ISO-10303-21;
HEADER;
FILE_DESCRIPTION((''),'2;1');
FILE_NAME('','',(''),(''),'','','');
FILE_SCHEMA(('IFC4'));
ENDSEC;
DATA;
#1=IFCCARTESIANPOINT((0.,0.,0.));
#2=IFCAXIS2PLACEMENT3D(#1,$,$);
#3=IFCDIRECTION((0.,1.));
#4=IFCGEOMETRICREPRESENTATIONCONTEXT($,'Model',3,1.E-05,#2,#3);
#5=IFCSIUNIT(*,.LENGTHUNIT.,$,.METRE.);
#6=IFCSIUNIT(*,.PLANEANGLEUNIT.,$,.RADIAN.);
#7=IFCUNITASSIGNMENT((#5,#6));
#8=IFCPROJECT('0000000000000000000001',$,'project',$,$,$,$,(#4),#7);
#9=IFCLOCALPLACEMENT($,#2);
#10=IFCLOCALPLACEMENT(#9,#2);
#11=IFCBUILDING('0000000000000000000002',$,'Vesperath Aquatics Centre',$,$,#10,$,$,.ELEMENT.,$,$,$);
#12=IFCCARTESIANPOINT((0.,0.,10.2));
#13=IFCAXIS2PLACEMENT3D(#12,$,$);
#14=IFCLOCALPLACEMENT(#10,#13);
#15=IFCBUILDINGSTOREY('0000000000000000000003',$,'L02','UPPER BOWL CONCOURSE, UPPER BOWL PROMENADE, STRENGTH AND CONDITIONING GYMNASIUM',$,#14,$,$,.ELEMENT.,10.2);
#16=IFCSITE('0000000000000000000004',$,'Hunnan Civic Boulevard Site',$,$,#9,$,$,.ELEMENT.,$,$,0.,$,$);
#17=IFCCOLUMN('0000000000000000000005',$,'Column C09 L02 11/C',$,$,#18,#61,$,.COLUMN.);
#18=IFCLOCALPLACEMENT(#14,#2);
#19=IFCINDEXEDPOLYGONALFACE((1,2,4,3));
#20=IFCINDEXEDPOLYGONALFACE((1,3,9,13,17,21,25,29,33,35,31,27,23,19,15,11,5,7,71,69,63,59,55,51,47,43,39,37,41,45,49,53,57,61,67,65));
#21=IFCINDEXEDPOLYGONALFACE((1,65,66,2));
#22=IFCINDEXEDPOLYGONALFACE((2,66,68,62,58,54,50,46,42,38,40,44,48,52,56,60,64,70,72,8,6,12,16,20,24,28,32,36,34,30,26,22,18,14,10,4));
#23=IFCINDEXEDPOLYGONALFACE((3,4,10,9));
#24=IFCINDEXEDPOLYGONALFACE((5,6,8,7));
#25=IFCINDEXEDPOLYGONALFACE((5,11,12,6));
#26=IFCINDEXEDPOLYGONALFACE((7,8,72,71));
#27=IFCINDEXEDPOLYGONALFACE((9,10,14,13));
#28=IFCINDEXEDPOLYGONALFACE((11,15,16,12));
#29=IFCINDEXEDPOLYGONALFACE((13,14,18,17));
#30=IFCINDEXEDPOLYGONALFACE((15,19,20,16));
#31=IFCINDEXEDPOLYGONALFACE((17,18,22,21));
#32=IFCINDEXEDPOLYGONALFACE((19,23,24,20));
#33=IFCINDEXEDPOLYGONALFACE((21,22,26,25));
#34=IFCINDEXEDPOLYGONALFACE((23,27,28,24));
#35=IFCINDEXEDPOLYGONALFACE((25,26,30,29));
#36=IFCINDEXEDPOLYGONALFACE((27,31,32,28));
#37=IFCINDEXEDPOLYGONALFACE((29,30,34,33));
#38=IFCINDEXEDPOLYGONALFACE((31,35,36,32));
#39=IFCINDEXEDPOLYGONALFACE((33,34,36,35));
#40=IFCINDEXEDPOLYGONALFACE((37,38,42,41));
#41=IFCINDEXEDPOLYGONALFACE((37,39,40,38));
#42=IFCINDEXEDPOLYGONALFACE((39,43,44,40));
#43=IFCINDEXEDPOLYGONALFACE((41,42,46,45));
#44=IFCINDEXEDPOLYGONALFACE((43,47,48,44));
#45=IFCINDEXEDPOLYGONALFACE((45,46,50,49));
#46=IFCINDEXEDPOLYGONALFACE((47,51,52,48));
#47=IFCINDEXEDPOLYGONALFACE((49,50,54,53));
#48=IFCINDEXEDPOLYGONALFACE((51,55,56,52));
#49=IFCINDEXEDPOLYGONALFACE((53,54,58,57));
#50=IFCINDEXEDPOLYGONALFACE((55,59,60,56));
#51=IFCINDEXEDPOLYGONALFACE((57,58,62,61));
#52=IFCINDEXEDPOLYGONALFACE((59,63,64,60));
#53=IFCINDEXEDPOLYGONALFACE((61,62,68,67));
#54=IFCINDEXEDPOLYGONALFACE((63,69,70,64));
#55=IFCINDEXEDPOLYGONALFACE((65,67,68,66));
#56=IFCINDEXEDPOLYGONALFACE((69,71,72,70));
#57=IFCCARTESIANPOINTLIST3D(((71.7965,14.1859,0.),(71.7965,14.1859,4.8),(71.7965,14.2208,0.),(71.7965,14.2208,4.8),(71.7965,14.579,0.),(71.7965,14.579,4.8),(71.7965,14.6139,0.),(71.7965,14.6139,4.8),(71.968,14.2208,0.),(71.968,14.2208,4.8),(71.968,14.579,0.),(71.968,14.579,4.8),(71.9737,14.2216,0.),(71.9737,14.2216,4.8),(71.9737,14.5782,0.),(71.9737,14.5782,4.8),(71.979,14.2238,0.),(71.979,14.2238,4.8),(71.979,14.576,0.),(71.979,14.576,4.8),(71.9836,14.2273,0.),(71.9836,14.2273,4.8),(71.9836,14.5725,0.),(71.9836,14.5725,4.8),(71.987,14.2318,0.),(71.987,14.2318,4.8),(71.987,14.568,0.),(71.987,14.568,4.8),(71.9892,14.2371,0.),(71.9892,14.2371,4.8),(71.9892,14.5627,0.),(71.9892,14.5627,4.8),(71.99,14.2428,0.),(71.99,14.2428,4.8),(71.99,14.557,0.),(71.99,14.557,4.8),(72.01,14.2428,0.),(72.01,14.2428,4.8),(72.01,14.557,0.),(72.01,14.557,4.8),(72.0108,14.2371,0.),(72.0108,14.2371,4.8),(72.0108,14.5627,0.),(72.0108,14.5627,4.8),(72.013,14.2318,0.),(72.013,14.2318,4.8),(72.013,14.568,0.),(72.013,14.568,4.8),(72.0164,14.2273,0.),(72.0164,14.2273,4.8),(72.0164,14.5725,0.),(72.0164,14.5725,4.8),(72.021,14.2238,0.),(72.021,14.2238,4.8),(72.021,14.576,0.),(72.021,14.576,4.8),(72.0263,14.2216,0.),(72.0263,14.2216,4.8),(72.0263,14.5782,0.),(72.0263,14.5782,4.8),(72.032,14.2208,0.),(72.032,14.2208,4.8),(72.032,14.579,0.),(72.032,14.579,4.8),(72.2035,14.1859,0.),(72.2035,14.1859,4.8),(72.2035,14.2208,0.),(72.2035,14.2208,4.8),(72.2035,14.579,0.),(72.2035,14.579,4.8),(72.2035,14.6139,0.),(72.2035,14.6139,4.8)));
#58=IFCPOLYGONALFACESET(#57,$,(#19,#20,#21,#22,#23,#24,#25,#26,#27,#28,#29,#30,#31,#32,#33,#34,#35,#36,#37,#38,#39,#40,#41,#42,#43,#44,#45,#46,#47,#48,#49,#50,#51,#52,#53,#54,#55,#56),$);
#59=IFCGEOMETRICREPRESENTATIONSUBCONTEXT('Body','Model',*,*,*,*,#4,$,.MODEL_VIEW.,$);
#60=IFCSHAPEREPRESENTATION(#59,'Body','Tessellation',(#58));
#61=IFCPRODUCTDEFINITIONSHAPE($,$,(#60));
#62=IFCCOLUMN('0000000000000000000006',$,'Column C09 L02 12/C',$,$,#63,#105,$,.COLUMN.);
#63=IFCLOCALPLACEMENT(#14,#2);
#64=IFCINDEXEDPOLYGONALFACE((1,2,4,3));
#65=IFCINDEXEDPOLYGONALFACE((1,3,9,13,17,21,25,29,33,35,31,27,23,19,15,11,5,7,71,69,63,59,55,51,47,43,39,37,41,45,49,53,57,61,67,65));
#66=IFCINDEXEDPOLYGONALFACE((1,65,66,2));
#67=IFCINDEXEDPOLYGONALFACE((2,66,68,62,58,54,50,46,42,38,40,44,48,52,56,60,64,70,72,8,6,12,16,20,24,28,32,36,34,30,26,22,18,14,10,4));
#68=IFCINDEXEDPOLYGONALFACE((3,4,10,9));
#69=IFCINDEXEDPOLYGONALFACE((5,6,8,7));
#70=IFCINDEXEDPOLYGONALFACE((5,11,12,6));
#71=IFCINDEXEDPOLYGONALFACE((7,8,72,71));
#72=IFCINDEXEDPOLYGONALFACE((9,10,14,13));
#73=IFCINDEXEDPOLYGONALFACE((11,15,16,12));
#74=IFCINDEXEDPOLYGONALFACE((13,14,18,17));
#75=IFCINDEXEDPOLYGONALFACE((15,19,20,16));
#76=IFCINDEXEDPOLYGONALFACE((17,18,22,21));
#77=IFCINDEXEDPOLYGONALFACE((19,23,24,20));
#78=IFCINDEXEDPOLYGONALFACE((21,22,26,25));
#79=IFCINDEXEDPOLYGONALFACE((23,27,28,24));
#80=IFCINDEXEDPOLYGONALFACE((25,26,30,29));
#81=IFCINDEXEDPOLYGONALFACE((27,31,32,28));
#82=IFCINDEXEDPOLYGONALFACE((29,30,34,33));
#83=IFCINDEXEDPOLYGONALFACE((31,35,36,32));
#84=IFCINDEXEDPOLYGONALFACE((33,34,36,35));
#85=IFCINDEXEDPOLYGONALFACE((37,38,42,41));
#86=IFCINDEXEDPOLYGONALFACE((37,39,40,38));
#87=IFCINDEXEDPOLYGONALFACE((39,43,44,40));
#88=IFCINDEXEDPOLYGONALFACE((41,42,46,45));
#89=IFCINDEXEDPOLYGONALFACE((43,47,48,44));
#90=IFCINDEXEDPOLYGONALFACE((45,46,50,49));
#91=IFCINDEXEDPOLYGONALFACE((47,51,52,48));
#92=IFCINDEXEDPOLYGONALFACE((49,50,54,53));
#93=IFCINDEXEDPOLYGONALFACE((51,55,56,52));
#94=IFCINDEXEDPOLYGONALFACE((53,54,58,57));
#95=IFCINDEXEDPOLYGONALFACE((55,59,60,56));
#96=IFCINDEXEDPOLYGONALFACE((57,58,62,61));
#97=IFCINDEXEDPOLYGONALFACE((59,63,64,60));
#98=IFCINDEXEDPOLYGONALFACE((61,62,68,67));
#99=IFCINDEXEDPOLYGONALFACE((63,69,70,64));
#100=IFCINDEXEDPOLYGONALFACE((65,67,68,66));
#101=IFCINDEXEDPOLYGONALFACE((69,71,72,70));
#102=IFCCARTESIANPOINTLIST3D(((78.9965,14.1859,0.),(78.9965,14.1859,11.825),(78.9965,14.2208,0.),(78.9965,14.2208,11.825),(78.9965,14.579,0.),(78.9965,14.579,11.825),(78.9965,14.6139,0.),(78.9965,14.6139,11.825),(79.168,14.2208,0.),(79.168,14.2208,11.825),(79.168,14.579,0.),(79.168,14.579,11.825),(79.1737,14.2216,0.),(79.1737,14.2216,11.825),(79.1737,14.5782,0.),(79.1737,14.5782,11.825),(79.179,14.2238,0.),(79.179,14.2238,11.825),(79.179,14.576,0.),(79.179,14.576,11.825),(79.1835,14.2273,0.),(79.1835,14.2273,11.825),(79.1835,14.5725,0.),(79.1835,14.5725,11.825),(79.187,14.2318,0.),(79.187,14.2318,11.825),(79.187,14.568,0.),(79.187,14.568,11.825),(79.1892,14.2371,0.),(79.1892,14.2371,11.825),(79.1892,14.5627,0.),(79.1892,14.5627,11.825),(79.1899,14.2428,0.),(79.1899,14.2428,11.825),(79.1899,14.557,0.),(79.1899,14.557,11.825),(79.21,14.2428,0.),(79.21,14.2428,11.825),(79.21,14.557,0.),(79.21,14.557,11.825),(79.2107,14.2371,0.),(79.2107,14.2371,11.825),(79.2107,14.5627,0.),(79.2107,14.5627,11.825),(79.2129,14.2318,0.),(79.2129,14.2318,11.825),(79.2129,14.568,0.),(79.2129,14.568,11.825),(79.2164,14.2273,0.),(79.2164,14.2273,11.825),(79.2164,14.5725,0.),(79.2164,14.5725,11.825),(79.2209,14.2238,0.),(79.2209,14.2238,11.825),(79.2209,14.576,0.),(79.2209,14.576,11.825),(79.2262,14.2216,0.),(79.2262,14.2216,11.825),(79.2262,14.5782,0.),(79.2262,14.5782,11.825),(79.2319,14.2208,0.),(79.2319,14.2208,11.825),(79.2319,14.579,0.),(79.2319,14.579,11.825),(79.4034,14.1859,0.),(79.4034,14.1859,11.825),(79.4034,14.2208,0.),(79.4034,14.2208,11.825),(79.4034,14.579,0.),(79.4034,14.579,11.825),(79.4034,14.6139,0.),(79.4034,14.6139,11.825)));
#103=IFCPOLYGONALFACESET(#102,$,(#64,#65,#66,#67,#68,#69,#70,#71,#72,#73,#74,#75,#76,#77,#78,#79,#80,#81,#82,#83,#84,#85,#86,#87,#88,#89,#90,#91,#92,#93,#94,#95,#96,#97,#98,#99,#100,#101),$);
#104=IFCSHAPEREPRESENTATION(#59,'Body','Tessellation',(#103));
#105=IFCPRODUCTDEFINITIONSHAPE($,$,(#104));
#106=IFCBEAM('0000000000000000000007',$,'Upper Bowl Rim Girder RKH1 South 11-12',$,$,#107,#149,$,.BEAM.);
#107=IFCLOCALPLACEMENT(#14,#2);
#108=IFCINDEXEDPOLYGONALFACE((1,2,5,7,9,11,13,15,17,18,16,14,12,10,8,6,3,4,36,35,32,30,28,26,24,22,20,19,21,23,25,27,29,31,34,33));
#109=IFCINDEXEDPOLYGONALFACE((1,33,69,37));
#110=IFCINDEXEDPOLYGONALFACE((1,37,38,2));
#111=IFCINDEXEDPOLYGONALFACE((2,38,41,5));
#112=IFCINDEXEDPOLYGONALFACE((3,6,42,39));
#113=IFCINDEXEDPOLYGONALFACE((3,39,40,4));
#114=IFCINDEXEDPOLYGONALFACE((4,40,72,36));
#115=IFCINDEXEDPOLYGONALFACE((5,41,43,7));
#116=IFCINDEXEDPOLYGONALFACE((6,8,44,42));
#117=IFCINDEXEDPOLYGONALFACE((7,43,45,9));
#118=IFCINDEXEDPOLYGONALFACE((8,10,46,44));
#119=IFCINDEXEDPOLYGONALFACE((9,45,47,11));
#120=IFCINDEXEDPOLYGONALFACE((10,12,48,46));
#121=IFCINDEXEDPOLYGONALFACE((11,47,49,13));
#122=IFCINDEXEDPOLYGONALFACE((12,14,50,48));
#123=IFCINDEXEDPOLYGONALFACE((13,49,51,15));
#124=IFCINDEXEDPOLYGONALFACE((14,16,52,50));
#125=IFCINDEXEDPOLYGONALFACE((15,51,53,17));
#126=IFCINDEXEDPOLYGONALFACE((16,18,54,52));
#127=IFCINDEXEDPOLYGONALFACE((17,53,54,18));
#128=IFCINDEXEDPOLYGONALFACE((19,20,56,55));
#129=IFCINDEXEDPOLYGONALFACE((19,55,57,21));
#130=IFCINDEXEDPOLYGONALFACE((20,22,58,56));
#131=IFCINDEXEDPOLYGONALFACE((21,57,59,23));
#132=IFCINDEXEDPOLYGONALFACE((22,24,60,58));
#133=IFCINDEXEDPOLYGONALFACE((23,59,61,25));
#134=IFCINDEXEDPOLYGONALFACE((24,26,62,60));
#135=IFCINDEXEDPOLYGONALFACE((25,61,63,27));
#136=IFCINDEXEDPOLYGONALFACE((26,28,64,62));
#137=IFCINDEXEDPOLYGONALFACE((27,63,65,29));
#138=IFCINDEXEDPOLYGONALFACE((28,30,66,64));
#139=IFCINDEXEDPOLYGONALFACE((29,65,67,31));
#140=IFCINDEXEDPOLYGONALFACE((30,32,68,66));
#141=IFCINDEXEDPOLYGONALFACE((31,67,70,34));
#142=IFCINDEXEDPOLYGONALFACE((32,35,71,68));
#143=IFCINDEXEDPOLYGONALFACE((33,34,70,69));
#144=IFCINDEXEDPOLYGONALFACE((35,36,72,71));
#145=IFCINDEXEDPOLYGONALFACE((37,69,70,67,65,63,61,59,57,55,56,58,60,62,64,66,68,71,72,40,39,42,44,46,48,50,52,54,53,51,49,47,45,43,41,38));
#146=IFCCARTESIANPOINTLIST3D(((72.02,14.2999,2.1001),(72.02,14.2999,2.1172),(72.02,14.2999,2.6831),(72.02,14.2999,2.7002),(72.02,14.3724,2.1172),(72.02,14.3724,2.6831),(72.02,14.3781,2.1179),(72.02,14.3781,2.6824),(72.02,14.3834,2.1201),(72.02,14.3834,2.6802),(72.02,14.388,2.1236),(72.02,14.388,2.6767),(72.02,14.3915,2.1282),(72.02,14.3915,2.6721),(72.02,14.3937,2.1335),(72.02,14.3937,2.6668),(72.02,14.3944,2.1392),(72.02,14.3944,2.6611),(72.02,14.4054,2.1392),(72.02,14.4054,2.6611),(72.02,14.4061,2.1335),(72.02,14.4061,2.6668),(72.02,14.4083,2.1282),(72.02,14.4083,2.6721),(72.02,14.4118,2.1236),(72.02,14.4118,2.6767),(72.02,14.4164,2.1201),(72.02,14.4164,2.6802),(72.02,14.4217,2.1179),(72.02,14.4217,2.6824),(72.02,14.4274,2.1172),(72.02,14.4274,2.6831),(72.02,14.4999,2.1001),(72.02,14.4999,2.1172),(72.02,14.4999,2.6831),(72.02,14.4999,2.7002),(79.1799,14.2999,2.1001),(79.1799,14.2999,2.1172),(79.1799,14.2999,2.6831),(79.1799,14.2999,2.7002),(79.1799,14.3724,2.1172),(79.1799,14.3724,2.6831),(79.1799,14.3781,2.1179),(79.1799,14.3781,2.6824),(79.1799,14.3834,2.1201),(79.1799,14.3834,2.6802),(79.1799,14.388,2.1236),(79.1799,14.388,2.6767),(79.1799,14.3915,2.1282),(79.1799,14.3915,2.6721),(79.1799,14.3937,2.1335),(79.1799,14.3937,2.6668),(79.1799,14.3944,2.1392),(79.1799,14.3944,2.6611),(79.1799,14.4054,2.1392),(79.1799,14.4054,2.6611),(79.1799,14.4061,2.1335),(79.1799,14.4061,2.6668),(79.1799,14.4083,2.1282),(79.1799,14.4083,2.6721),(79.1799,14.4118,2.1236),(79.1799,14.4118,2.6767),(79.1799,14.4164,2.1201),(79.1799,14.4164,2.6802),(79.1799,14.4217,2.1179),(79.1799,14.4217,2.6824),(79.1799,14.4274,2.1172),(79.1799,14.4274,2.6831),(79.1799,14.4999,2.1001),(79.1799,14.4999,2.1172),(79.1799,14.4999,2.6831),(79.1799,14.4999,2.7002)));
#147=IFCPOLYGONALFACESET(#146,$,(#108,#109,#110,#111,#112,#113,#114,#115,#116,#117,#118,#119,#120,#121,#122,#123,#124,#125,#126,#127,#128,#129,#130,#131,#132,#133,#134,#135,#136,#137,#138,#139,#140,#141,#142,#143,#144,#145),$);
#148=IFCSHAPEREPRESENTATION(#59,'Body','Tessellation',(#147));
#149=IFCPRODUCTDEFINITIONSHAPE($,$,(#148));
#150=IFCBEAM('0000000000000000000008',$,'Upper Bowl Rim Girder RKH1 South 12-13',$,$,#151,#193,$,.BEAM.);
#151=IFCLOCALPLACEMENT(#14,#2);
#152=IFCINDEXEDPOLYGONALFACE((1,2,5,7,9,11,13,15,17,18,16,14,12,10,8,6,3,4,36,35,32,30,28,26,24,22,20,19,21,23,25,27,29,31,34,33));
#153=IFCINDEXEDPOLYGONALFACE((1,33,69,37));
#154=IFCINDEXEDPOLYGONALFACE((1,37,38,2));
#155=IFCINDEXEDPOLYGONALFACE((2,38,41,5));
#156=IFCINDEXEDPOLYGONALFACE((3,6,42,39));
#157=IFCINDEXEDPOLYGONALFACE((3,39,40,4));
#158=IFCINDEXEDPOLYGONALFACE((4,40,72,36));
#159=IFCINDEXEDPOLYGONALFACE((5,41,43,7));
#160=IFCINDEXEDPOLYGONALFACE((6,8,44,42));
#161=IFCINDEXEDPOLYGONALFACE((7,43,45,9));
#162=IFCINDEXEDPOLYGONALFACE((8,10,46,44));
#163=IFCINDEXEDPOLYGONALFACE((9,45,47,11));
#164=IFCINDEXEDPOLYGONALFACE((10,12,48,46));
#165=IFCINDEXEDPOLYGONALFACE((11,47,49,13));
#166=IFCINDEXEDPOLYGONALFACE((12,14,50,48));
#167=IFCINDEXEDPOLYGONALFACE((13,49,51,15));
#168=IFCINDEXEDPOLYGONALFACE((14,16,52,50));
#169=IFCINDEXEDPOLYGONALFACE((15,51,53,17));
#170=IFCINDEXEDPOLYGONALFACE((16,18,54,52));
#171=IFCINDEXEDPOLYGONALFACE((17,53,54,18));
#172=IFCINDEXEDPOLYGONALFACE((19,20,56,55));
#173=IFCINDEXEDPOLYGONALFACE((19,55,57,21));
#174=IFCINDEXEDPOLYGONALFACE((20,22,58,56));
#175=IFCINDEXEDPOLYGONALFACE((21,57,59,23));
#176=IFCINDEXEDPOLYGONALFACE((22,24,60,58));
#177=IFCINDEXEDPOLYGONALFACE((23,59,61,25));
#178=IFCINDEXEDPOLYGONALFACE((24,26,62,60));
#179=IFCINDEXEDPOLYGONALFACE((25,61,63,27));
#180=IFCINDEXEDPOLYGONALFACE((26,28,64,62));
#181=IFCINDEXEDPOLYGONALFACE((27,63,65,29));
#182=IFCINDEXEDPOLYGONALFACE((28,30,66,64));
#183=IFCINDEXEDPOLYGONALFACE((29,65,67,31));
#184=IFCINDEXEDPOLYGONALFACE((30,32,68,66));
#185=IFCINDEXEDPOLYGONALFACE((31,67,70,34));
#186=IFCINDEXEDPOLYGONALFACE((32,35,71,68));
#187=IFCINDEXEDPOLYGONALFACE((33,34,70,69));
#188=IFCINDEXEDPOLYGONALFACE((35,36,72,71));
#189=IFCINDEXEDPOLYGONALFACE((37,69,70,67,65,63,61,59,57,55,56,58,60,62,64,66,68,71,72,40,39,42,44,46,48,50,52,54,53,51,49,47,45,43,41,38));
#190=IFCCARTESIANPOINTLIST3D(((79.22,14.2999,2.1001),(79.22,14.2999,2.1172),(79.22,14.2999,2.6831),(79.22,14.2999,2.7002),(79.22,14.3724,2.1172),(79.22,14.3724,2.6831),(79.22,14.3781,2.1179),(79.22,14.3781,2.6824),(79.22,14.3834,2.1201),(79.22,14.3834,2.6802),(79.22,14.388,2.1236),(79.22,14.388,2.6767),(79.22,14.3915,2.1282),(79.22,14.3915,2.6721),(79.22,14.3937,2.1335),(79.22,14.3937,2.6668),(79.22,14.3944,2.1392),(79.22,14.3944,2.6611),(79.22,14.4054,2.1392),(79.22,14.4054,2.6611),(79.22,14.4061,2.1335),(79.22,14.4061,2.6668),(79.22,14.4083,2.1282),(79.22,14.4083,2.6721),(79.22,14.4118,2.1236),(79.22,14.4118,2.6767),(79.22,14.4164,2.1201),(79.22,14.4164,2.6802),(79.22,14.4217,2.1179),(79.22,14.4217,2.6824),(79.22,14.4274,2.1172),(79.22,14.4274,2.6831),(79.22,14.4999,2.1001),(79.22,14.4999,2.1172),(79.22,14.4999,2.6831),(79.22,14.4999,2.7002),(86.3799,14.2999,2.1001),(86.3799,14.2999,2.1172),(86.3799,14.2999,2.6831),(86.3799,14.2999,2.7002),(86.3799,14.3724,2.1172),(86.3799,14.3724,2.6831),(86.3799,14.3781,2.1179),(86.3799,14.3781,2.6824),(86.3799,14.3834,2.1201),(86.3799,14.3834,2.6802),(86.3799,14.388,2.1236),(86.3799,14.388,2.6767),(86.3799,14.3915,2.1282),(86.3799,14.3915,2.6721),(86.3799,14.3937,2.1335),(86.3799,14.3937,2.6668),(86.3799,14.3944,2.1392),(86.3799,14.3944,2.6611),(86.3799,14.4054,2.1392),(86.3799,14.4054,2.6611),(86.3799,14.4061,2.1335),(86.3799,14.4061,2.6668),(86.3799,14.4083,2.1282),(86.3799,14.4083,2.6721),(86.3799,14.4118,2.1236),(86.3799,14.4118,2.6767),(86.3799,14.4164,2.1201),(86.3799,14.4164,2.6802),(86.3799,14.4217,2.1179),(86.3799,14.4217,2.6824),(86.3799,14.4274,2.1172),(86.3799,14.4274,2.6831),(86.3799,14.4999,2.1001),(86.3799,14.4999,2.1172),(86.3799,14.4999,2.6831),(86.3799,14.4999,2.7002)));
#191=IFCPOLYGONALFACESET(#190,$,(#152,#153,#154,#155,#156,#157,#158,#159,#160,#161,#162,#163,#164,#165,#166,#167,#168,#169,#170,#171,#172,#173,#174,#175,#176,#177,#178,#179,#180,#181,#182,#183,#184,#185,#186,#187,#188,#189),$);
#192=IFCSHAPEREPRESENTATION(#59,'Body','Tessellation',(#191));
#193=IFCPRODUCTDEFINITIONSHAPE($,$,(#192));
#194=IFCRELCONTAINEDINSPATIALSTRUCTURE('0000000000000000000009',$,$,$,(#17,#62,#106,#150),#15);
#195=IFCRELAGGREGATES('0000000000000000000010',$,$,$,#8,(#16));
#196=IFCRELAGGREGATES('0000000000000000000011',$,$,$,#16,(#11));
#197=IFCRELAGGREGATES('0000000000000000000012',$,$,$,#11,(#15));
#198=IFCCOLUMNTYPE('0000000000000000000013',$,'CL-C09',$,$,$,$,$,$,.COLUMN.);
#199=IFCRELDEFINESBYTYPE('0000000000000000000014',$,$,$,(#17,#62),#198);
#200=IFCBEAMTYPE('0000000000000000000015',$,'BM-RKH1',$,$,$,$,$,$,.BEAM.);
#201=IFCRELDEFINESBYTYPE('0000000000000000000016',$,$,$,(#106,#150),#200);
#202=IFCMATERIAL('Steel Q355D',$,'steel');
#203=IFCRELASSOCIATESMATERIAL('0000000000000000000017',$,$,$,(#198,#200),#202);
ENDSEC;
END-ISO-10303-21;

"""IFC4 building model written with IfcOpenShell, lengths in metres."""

from ifc_helpers import new_model, si_unit, direction, frame, origin, origin_2d, place, context, subcontext, project, spatial, i_section, extrude, material, material_profile, profile_set, type_object, element, save


model = new_model("IFC4")

# Units and contexts
model_context = context("Model", 3, precision=1e-05, world=origin(), true_north=direction((0.0, 1.0)))
body_context = subcontext(model_context, "Body", "Model", "MODEL_VIEW")
ifc_project = project(units=[si_unit("LENGTHUNIT", "METRE"), si_unit("PLANEANGLEUNIT", "RADIAN")], contexts=[model_context])

# Site, building, storey
site_placement = place(None, origin())
site = spatial("IfcSite", under=ifc_project, at=site_placement, Name="Hunnan Civic Boulevard Site", CompositionType="ELEMENT", RefElevation=0.0)
building_placement = place(site_placement, origin())
building = spatial("IfcBuilding", under=site, at=building_placement, Name="Vesperath Aquatics Centre", CompositionType="ELEMENT")
storey_placement = place(building_placement, frame((0.0, 0.0, 10.2)))
storey = spatial("IfcBuildingStorey", under=building, at=storey_placement, Name="L02", Description="UPPER BOWL CONCOURSE, UPPER BOWL PROMENADE, STRENGTH AND CONDITIONING GYMNASIUM", CompositionType="ELEMENT", Elevation=10.2)

# Columns
ifc_material_1 = material(Name="Steel Q355D", Category="steel")
ifc_material_profile_1 = material_profile(ifc_material_1, i_section(OverallWidth=0.407, OverallDepth=0.428, WebThickness=0.02, FlangeThickness=0.0349, FilletRadius=0.022, at=origin_2d()), Name="HW 428x407x20x35")
ifc_profile_set_1 = profile_set([ifc_material_profile_1], Name="Steel Q355D")
column_type = type_object("IfcColumnType", Name="CL-C09", PredefinedType="COLUMN", material=ifc_profile_set_1)
column_1_placement = place(storey_placement, frame((72.0, 14.3999, 0.0), z_axis=(0.0, 0.0, 1.0), x_axis=(1.0, 0.0, 0.0)))
element("IfcColumn", 1, at=column_1_placement, inside=storey, type_object=column_type, Name="Column C09 L02 11/C", PredefinedType="COLUMN", context=body_context, shape_type="SweptSolid", body=[
    extrude(i_section(OverallWidth=0.407, OverallDepth=0.428, WebThickness=0.02, FlangeThickness=0.0349, FilletRadius=0.022, at=origin_2d()), origin(), (0.0, 0.0, 1.0), 4.8),
])
column_2_placement = place(storey_placement, frame((79.2, 14.3999, 0.0), z_axis=(0.0, 0.0, 1.0), x_axis=(1.0, 0.0, 0.0)))
element("IfcColumn", 2, at=column_2_placement, inside=storey, type_object=column_type, Name="Column C09 L02 12/C", PredefinedType="COLUMN", context=body_context, shape_type="SweptSolid", body=[
    extrude(i_section(OverallWidth=0.407, OverallDepth=0.428, WebThickness=0.02, FlangeThickness=0.0349, FilletRadius=0.022, at=origin_2d()), origin(), (0.0, 0.0, 1.0), 11.825),
])

# Beams
ifc_material_profile_2 = material_profile(ifc_material_1, i_section(OverallWidth=0.2, OverallDepth=0.6001, WebThickness=0.011, FlangeThickness=0.0171, FilletRadius=0.022, at=origin_2d()), Name="HN 600x200x11x17")
ifc_profile_set_2 = profile_set([ifc_material_profile_2], Name="Steel Q355D")
beam_type = type_object("IfcBeamType", Name="BM-RKH1", PredefinedType="BEAM", material=ifc_profile_set_2)
for number, where, z_axis, x_axis, name in (
    (3, (72.02, 14.3999, 2.4001), (1.0, 0.0, 0.0), (0.0, 1.0, 0.0), "Upper Bowl Rim Girder RKH1 South 11-12"),
    (4, (79.22, 14.3999, 2.4001), (1.0, 0.0, 0.0), (0.0, 1.0, 0.0), "Upper Bowl Rim Girder RKH1 South 12-13"),
):
    element("IfcBeam", number, at=place(storey_placement, frame(where, z_axis=z_axis, x_axis=x_axis)), inside=storey, type_object=beam_type, Name=name, PredefinedType="BEAM", context=body_context, shape_type="SweptSolid", body=[
        extrude(i_section(OverallWidth=0.2, OverallDepth=0.6001, WebThickness=0.011, FlangeThickness=0.0171, FilletRadius=0.022, at=origin_2d()), origin(), (0.0, 0.0, 1.0), 7.1599),
    ])

save(model, "model.ifc")
